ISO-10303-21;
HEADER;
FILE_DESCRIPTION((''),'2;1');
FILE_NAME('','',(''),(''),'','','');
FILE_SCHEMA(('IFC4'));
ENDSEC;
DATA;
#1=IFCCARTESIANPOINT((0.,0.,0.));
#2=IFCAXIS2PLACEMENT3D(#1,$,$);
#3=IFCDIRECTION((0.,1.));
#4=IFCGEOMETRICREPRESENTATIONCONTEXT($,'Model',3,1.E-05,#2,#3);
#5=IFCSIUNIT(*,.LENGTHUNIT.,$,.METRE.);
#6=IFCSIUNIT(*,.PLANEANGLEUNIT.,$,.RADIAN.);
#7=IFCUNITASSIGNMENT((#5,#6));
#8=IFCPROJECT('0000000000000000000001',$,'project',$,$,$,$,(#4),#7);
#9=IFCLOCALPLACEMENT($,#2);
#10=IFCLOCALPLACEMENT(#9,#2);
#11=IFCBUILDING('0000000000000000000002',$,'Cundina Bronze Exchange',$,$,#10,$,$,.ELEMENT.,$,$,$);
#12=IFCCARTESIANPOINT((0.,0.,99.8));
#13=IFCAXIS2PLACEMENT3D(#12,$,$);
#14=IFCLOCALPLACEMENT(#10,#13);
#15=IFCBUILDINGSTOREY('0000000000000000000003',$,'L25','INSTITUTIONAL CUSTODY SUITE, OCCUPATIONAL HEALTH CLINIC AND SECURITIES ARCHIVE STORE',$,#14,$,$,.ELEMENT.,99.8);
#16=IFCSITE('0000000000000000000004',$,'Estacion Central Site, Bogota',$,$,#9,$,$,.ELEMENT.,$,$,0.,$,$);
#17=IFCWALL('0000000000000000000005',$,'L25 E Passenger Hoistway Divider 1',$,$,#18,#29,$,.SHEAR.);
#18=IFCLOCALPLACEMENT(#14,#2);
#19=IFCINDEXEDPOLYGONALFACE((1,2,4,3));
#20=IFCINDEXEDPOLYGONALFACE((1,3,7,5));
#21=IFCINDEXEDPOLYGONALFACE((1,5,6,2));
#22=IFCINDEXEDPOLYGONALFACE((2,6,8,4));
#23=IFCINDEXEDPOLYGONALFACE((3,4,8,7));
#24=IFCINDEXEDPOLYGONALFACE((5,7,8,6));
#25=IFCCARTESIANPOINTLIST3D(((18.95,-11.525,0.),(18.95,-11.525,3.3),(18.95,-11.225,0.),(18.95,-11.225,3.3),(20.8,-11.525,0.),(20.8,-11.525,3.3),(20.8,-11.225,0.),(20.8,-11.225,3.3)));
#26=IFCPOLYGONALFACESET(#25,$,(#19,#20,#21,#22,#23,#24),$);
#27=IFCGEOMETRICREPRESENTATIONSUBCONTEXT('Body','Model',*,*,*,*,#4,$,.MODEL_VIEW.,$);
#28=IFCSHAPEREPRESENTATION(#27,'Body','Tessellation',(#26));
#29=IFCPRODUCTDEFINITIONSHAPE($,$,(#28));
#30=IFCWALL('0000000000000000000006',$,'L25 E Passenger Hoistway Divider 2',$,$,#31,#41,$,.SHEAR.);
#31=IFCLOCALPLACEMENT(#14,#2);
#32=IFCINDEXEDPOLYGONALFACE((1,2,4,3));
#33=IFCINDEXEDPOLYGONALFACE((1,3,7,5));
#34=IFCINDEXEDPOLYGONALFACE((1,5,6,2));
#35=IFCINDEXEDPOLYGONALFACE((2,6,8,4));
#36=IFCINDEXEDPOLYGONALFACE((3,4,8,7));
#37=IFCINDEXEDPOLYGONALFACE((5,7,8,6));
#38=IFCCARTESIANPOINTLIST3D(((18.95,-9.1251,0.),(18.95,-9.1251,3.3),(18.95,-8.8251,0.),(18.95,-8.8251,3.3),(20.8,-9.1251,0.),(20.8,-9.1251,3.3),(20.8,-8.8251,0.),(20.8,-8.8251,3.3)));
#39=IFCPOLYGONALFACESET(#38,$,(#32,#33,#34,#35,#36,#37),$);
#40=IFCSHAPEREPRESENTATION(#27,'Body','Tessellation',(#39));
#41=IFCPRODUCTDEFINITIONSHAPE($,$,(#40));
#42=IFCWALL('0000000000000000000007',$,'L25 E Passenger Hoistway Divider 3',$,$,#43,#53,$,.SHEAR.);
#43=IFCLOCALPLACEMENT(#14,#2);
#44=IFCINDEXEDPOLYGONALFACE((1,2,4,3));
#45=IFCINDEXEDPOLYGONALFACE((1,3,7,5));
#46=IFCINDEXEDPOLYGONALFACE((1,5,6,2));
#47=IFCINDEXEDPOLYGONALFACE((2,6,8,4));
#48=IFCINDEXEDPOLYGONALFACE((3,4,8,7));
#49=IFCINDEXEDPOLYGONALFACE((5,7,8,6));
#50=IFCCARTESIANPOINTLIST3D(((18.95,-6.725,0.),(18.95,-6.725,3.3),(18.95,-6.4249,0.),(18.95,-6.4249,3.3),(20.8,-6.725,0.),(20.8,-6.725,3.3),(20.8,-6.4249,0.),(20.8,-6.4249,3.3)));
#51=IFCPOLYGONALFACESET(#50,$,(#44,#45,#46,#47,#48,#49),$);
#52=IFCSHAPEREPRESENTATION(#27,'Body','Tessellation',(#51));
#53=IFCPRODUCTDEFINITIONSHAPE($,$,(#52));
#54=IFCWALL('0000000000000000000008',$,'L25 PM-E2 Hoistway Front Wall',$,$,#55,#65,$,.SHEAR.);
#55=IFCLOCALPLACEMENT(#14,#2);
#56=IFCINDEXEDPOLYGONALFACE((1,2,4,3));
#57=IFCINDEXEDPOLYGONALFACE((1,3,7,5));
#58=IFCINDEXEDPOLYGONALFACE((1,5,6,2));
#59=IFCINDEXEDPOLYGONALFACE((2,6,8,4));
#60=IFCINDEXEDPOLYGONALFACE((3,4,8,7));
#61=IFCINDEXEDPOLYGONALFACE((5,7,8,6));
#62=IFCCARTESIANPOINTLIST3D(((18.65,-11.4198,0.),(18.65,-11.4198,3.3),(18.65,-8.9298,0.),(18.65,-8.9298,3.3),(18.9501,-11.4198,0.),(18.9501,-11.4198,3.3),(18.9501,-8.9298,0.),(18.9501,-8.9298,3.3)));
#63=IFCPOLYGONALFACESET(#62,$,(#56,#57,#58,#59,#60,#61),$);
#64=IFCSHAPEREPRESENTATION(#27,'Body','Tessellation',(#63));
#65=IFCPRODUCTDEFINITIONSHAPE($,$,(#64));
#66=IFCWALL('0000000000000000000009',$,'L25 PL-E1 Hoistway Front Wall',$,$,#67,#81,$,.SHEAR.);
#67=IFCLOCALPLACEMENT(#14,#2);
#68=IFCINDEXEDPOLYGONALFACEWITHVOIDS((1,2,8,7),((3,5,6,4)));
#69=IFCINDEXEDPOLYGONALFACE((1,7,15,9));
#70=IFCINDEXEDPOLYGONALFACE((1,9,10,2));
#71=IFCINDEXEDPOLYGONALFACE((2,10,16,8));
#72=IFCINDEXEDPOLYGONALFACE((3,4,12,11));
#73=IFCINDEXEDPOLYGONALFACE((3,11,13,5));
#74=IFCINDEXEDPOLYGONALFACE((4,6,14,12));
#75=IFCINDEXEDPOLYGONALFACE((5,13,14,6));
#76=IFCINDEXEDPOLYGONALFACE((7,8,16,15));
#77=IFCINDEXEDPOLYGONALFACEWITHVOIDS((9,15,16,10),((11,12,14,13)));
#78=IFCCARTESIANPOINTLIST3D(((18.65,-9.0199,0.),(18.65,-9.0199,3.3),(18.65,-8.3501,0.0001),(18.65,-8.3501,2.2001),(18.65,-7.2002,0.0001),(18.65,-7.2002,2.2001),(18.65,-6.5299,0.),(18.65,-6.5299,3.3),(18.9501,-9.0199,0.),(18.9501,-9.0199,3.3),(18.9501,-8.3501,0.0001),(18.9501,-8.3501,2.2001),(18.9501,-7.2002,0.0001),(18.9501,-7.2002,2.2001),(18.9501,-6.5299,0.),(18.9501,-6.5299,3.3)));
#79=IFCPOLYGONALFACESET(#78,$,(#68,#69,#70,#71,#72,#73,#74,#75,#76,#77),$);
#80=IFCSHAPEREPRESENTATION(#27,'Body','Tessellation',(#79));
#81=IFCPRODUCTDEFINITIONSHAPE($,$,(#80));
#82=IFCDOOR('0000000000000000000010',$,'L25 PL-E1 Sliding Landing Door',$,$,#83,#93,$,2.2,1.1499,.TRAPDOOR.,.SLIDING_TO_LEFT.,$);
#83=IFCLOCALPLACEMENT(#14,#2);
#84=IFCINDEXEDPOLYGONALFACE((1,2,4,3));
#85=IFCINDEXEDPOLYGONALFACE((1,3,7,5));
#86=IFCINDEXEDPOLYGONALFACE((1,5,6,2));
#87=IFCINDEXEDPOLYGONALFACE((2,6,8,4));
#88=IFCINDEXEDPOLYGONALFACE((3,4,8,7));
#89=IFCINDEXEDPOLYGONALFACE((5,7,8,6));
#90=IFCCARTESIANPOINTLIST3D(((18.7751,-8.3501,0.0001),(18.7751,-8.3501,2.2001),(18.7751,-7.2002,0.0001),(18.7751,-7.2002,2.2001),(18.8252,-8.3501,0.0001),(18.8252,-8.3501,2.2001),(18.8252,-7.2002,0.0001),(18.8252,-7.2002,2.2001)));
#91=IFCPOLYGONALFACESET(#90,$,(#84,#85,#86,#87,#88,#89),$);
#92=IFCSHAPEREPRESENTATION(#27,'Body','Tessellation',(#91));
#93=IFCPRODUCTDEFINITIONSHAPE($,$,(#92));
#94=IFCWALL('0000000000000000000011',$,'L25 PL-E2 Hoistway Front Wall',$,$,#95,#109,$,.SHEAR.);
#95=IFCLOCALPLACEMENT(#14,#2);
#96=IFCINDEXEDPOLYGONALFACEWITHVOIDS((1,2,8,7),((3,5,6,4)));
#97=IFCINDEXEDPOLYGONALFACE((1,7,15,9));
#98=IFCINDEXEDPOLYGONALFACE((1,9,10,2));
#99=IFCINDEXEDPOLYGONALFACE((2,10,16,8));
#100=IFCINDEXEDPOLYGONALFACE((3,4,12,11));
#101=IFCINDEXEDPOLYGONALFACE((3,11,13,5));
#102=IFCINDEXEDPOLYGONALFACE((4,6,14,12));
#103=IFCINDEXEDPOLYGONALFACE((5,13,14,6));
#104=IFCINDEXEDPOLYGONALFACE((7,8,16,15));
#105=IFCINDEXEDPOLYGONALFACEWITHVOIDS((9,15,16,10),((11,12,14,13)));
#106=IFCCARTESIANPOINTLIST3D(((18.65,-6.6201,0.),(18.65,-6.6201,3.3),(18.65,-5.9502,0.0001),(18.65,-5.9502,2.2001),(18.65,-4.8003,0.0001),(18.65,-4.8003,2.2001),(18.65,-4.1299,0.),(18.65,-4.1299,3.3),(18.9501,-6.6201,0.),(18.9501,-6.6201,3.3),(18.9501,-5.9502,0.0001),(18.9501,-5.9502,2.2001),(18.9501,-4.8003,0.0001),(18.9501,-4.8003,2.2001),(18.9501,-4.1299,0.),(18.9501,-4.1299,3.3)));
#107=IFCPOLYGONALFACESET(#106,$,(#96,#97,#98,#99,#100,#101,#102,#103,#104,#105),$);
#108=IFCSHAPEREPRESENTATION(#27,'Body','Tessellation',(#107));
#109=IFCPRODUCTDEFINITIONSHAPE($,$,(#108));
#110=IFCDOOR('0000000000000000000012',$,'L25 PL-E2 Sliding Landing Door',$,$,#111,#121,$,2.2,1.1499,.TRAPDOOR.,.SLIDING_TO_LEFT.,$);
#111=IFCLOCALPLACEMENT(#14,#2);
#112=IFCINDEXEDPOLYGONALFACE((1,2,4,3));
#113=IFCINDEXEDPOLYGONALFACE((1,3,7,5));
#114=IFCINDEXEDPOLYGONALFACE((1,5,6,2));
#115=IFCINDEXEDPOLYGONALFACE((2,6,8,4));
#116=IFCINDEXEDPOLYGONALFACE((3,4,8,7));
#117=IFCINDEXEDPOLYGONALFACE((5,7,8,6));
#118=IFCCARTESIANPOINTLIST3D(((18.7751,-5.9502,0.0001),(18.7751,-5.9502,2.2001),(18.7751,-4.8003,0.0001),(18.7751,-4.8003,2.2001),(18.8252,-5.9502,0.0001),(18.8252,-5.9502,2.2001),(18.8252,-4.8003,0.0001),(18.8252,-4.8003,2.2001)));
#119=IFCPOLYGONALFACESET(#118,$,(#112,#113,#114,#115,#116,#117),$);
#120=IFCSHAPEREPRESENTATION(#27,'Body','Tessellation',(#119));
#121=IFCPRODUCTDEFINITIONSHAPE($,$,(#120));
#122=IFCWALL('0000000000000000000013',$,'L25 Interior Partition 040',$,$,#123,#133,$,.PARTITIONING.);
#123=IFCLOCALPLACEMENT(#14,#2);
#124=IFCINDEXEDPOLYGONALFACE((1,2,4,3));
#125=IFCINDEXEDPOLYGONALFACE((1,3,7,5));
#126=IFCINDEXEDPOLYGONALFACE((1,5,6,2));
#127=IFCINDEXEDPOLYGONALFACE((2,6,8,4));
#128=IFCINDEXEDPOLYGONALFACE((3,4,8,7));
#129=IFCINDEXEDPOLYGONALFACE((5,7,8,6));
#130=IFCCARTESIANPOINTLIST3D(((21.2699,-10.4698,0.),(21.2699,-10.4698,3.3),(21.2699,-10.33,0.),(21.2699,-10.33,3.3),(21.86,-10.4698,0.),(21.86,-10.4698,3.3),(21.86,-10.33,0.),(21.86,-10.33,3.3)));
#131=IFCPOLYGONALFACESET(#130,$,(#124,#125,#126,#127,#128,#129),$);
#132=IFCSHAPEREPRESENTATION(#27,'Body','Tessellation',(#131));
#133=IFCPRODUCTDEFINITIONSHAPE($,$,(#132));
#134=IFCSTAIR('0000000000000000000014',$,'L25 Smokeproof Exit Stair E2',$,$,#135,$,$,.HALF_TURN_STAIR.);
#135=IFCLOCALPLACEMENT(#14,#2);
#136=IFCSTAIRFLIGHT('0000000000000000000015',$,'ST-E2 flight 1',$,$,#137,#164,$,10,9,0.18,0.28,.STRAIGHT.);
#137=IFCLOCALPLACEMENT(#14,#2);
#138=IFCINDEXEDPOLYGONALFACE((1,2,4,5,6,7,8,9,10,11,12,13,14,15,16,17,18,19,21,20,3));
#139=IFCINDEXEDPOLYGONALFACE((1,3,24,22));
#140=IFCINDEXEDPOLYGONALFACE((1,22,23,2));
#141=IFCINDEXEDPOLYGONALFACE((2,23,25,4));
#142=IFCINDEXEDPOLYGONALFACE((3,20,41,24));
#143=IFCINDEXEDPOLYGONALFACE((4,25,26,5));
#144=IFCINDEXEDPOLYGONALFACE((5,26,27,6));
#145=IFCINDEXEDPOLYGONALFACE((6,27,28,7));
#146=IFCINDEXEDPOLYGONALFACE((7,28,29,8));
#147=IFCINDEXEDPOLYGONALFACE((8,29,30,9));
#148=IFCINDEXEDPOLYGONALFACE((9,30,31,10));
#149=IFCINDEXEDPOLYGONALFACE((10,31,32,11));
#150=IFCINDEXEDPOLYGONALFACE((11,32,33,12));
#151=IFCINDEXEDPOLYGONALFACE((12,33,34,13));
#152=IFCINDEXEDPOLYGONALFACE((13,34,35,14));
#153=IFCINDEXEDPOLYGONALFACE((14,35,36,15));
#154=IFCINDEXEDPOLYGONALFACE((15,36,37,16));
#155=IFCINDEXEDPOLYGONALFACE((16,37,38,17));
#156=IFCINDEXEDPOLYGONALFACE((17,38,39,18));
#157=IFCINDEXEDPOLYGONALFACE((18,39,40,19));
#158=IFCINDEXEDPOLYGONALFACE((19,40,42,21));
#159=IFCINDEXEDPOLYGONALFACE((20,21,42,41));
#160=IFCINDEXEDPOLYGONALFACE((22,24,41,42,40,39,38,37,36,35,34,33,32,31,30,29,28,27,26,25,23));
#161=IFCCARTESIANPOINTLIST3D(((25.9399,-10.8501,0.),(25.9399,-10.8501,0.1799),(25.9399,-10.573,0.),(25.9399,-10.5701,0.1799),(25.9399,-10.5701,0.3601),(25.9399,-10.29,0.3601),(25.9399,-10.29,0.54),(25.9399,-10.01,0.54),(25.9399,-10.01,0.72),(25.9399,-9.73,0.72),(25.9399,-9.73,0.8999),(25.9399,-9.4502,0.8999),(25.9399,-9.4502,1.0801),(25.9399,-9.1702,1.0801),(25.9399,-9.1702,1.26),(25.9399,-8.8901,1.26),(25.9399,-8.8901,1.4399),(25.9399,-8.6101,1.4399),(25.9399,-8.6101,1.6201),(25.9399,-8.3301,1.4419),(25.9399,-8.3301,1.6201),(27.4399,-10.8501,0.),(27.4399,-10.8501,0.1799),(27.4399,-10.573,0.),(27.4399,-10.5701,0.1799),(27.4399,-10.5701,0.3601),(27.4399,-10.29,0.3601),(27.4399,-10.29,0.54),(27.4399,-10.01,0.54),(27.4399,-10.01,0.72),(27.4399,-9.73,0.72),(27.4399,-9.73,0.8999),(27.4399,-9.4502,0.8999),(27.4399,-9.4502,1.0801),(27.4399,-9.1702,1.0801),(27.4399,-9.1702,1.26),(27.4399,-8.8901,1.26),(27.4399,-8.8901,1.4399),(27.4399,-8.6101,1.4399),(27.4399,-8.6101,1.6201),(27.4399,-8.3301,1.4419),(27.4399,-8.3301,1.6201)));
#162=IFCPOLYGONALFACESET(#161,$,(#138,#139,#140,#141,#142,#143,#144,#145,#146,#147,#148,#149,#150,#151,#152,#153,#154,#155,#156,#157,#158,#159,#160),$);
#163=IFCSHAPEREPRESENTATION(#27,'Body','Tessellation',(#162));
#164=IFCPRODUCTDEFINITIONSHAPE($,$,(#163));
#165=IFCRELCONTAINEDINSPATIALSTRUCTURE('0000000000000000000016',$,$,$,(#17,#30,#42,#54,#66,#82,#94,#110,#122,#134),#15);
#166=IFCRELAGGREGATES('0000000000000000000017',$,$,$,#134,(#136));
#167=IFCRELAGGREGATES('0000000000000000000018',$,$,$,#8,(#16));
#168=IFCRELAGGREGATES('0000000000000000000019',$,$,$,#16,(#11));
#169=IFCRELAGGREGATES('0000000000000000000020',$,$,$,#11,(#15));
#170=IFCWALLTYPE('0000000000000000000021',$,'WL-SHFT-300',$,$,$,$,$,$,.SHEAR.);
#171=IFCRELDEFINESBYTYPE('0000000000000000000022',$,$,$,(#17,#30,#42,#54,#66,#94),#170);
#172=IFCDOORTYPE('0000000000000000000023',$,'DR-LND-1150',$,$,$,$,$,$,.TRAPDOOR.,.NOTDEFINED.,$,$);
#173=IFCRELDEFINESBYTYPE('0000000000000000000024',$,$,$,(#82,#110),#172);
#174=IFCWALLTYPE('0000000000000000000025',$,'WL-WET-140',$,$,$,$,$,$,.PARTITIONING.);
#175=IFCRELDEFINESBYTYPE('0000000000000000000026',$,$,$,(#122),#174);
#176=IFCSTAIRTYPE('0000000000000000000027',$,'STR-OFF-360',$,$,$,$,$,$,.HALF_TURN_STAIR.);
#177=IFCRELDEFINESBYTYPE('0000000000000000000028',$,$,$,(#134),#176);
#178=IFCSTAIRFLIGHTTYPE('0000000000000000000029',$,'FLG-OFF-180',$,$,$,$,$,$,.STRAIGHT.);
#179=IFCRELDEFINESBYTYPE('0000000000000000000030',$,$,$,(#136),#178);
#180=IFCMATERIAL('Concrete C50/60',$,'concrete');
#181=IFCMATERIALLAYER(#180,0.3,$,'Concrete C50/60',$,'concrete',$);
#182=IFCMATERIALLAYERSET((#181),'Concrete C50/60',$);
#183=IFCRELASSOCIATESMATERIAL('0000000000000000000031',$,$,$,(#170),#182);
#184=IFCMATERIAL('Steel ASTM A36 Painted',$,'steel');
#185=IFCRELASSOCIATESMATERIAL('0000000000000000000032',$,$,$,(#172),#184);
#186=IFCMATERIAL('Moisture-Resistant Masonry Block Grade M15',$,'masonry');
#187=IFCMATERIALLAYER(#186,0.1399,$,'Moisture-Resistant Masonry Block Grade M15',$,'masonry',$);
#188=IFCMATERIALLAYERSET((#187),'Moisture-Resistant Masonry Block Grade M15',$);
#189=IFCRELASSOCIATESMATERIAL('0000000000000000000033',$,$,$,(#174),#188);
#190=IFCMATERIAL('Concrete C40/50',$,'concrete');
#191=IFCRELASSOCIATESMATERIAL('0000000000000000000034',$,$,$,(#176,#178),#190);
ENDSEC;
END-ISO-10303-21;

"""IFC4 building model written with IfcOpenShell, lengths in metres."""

from ifc_helpers import new_model, si_unit, direction, frame, frame_2d, origin, place, context, subcontext, project, spatial, polyline, rectangle, outline, extrude, material, layer, layer_set, type_object, element, fill, aggregate, save


model = new_model("IFC4")

# Units and contexts
model_context = context("Model", 3, precision=1e-05, world=origin(), true_north=direction((0.0, 1.0)))
body_context = subcontext(model_context, "Body", "Model", "MODEL_VIEW")
ifc_project = project(units=[si_unit("LENGTHUNIT", "METRE"), si_unit("PLANEANGLEUNIT", "RADIAN")], contexts=[model_context])

# Site, building, storey
site_placement = place(None, origin())
site = spatial("IfcSite", under=ifc_project, at=site_placement, Name="Estacion Central Site, Bogota", CompositionType="ELEMENT", RefElevation=0.0)
building_placement = place(site_placement, origin())
building = spatial("IfcBuilding", under=site, at=building_placement, Name="Cundina Bronze Exchange", CompositionType="ELEMENT")
storey_placement = place(building_placement, frame((0.0, 0.0, 99.8)))
storey = spatial("IfcBuildingStorey", under=building, at=storey_placement, Name="L25", Description="INSTITUTIONAL CUSTODY SUITE, OCCUPATIONAL HEALTH CLINIC AND SECURITIES ARCHIVE STORE", CompositionType="ELEMENT", Elevation=99.8)

# Shared definitions
ifc_material_1 = material(Name="Concrete C50/60", Category="concrete")
ifc_layer_1 = layer(ifc_material_1, 0.3, Name="Concrete C50/60", Category="concrete")
ifc_layer_set_1 = layer_set([ifc_layer_1], Name="Concrete C50/60")
wall_type_1 = type_object("IfcWallType", Name="WL-SHFT-300", PredefinedType="SHEAR", material=ifc_layer_set_1)

# Shared definitions
ifc_material_2 = material(Name="Steel ASTM A36 Painted", Category="steel")
door_type_1 = type_object("IfcDoorType", Name="DR-LND-1150", OperationType="NOTDEFINED", PredefinedType="TRAPDOOR", material=ifc_material_2)

# Walls
for number, where, z_axis, x_axis, name in (
    (1, (18.95, -11.375, 0.0), (0.0, 0.0, 1.0), (1.0, 0.0, 0.0), "L25 E Passenger Hoistway Divider 1"),
    (2, (18.95, -8.9751, 0.0), (0.0, 0.0, 1.0), (1.0, 0.0, 0.0), "L25 E Passenger Hoistway Divider 2"),
    (3, (18.95, -6.575, 0.0), (0.0, 0.0, 1.0), (1.0, 0.0, 0.0), "L25 E Passenger Hoistway Divider 3"),
):
    element("IfcWall", number, at=place(storey_placement, frame(where, z_axis=z_axis, x_axis=x_axis)), inside=storey, type_object=wall_type_1, Name=name, PredefinedType="SHEAR", context=body_context, shape_type="SweptSolid", body=[
        extrude(rectangle(XDim=1.8501, YDim=0.3, at=frame_2d((0.925, 0.0))), origin(), (0.0, 0.0, 1.0), 3.3),
    ])
wall_1_placement = place(storey_placement, frame((18.8, -11.4199, 0.0), z_axis=(0.0, 0.0, 1.0), x_axis=(0.0, 1.0, 0.0)))
element("IfcWall", 4, at=wall_1_placement, inside=storey, type_object=wall_type_1, Name="L25 PM-E2 Hoistway Front Wall", PredefinedType="SHEAR", context=body_context, shape_type="SweptSolid", body=[
    extrude(rectangle(XDim=2.49, YDim=0.3, at=frame_2d((1.2451, 0.0))), origin(), (0.0, 0.0, 1.0), 3.3),
])

# Walls, openings, doors
wall_2_placement = place(storey_placement, frame((18.8, -9.02, 0.0), z_axis=(0.0, 0.0, 1.0), x_axis=(0.0, 1.0, 0.0)))
wall_2 = element("IfcWall", 5, at=wall_2_placement, inside=storey, type_object=wall_type_1, Name="L25 PL-E1 Hoistway Front Wall", PredefinedType="SHEAR", context=body_context, shape_type="SweptSolid", body=[
    extrude(rectangle(XDim=2.49, YDim=0.3, at=frame_2d((1.2451, 0.0))), origin(), (0.0, 0.0, 1.0), 3.3),
])
opening_1_placement = place(wall_2_placement, frame((0.6699, 0.0, 0.0)))
opening_1 = element("IfcOpeningElement", 6, at=opening_1_placement, cuts=wall_2, PredefinedType="OPENING", context=body_context, shape_type="SweptSolid", body=[
    extrude(rectangle(XDim=1.1499, YDim=2.2, at=frame_2d((0.575, 1.1001))), frame((0.0, 0.1599, 0.0), z_axis=(0.0, -1.0, 0.0), x_axis=(1.0, 0.0, 0.0)), (0.0, 0.0, 1.0), 0.3201),
])
door_1_placement = place(opening_1_placement, origin())
door_1 = element("IfcDoor", 7, at=door_1_placement, inside=storey, type_object=door_type_1, Name="L25 PL-E1 Sliding Landing Door", OperationType="SLIDING_TO_LEFT", OverallHeight=2.2, OverallWidth=1.1499, PredefinedType="TRAPDOOR", context=body_context, shape_type="SweptSolid", body=[
    extrude(rectangle(XDim=1.1499, YDim=2.2, at=frame_2d((0.575, 1.1001))), frame((0.0, 0.0249, 0.0), z_axis=(0.0, -1.0, 0.0), x_axis=(1.0, 0.0, 0.0)), (0.0, 0.0, 1.0), 0.05),
])
fill(opening_1, door_1)
wall_3_placement = place(storey_placement, frame((18.8, -6.6201, 0.0), z_axis=(0.0, 0.0, 1.0), x_axis=(0.0, 1.0, 0.0)))
wall_3 = element("IfcWall", 8, at=wall_3_placement, inside=storey, type_object=wall_type_1, Name="L25 PL-E2 Hoistway Front Wall", PredefinedType="SHEAR", context=body_context, shape_type="SweptSolid", body=[
    extrude(rectangle(XDim=2.4902, YDim=0.3, at=frame_2d((1.2451, 0.0))), origin(), (0.0, 0.0, 1.0), 3.3),
])
opening_2_placement = place(wall_3_placement, frame((0.6699, 0.0, 0.0)))
opening_2 = element("IfcOpeningElement", 9, at=opening_2_placement, cuts=wall_3, PredefinedType="OPENING", context=body_context, shape_type="SweptSolid", body=[
    extrude(rectangle(XDim=1.1499, YDim=2.2, at=frame_2d((0.575, 1.1001))), frame((0.0, 0.1599, 0.0), z_axis=(0.0, -1.0, 0.0), x_axis=(1.0, 0.0, 0.0)), (0.0, 0.0, 1.0), 0.3201),
])
door_2_placement = place(opening_2_placement, origin())
door_2 = element("IfcDoor", 10, at=door_2_placement, inside=storey, type_object=door_type_1, Name="L25 PL-E2 Sliding Landing Door", OperationType="SLIDING_TO_LEFT", OverallHeight=2.2, OverallWidth=1.1499, PredefinedType="TRAPDOOR", context=body_context, shape_type="SweptSolid", body=[
    extrude(rectangle(XDim=1.1499, YDim=2.2, at=frame_2d((0.575, 1.1001))), frame((0.0, 0.0249, 0.0), z_axis=(0.0, -1.0, 0.0), x_axis=(1.0, 0.0, 0.0)), (0.0, 0.0, 1.0), 0.05),
])
fill(opening_2, door_2)

# Wall
ifc_material_3 = material(Name="Moisture-Resistant Masonry Block Grade M15", Category="masonry")
ifc_layer_2 = layer(ifc_material_3, 0.1399, Name="Moisture-Resistant Masonry Block Grade M15", Category="masonry")
ifc_layer_set_2 = layer_set([ifc_layer_2], Name="Moisture-Resistant Masonry Block Grade M15")
wall_type_2 = type_object("IfcWallType", Name="WL-WET-140", PredefinedType="PARTITIONING", material=ifc_layer_set_2)
wall_4_placement = place(storey_placement, frame((21.27, -10.3999, 0.0), z_axis=(0.0, 0.0, 1.0), x_axis=(1.0, 0.0, 0.0)))
element("IfcWall", 11, at=wall_4_placement, inside=storey, type_object=wall_type_2, Name="L25 Interior Partition 040", PredefinedType="PARTITIONING", context=body_context, shape_type="SweptSolid", body=[
    extrude(rectangle(XDim=0.5901, YDim=0.1399, at=frame_2d((0.2949, 0.0))), origin(), (0.0, 0.0, 1.0), 3.3),
])

# Stair, stair flight
ifc_material_4 = material(Name="Concrete C40/50", Category="concrete")
stair_type = type_object("IfcStairType", Name="STR-OFF-360", PredefinedType="HALF_TURN_STAIR", material=ifc_material_4)
stair_placement = place(storey_placement, origin())
stair = element("IfcStair", 12, at=stair_placement, inside=storey, type_object=stair_type, Name="L25 Smokeproof Exit Stair E2", PredefinedType="HALF_TURN_STAIR")
stair_flight_type = type_object("IfcStairFlightType", Name="FLG-OFF-180", PredefinedType="STRAIGHT", material=ifc_material_4)
stair_flight_1_placement = place(storey_placement, frame((26.6899, -10.8501, 0.0), z_axis=(0.0, 0.0, 1.0), x_axis=(0.0, 1.0, 0.0)))
stair_flight_1 = element("IfcStairFlight", 13, at=stair_flight_1_placement, type_object=stair_flight_type, Name="ST-E2 flight 1", NumberOfRisers=10, NumberOfTreads=9, PredefinedType="STRAIGHT", RiserHeight=0.18, TreadLength=0.28, context=body_context, shape_type="SweptSolid", body=[
    extrude(outline(polyline([(0.0, 0.0), (0.0, 0.1799), (0.28, 0.1799), (0.28, 0.3601), (0.5601, 0.3601), (0.5601, 0.54), (0.8401, 0.54), (0.8401, 0.72), (1.1201, 0.72), (1.1201, 0.8999), (1.3999, 0.8999), (1.3999, 1.0801), (1.6799, 1.0801), (1.6799, 1.26), (1.96, 1.26), (1.96, 1.4399), (2.24, 1.4399), (2.24, 1.6201), (2.52, 1.6201), (2.52, 1.8), (2.52, 1.4419), (0.2771, 0.0), (0.0, 0.0)])), frame((0.0, 0.75, 0.0), z_axis=(0.0, -1.0, 0.0), x_axis=(1.0, 0.0, 0.0)), (0.0, 0.0, 1.0), 1.5),
])
aggregate(stair, [stair_flight_1])

save(model, "model.ifc")
